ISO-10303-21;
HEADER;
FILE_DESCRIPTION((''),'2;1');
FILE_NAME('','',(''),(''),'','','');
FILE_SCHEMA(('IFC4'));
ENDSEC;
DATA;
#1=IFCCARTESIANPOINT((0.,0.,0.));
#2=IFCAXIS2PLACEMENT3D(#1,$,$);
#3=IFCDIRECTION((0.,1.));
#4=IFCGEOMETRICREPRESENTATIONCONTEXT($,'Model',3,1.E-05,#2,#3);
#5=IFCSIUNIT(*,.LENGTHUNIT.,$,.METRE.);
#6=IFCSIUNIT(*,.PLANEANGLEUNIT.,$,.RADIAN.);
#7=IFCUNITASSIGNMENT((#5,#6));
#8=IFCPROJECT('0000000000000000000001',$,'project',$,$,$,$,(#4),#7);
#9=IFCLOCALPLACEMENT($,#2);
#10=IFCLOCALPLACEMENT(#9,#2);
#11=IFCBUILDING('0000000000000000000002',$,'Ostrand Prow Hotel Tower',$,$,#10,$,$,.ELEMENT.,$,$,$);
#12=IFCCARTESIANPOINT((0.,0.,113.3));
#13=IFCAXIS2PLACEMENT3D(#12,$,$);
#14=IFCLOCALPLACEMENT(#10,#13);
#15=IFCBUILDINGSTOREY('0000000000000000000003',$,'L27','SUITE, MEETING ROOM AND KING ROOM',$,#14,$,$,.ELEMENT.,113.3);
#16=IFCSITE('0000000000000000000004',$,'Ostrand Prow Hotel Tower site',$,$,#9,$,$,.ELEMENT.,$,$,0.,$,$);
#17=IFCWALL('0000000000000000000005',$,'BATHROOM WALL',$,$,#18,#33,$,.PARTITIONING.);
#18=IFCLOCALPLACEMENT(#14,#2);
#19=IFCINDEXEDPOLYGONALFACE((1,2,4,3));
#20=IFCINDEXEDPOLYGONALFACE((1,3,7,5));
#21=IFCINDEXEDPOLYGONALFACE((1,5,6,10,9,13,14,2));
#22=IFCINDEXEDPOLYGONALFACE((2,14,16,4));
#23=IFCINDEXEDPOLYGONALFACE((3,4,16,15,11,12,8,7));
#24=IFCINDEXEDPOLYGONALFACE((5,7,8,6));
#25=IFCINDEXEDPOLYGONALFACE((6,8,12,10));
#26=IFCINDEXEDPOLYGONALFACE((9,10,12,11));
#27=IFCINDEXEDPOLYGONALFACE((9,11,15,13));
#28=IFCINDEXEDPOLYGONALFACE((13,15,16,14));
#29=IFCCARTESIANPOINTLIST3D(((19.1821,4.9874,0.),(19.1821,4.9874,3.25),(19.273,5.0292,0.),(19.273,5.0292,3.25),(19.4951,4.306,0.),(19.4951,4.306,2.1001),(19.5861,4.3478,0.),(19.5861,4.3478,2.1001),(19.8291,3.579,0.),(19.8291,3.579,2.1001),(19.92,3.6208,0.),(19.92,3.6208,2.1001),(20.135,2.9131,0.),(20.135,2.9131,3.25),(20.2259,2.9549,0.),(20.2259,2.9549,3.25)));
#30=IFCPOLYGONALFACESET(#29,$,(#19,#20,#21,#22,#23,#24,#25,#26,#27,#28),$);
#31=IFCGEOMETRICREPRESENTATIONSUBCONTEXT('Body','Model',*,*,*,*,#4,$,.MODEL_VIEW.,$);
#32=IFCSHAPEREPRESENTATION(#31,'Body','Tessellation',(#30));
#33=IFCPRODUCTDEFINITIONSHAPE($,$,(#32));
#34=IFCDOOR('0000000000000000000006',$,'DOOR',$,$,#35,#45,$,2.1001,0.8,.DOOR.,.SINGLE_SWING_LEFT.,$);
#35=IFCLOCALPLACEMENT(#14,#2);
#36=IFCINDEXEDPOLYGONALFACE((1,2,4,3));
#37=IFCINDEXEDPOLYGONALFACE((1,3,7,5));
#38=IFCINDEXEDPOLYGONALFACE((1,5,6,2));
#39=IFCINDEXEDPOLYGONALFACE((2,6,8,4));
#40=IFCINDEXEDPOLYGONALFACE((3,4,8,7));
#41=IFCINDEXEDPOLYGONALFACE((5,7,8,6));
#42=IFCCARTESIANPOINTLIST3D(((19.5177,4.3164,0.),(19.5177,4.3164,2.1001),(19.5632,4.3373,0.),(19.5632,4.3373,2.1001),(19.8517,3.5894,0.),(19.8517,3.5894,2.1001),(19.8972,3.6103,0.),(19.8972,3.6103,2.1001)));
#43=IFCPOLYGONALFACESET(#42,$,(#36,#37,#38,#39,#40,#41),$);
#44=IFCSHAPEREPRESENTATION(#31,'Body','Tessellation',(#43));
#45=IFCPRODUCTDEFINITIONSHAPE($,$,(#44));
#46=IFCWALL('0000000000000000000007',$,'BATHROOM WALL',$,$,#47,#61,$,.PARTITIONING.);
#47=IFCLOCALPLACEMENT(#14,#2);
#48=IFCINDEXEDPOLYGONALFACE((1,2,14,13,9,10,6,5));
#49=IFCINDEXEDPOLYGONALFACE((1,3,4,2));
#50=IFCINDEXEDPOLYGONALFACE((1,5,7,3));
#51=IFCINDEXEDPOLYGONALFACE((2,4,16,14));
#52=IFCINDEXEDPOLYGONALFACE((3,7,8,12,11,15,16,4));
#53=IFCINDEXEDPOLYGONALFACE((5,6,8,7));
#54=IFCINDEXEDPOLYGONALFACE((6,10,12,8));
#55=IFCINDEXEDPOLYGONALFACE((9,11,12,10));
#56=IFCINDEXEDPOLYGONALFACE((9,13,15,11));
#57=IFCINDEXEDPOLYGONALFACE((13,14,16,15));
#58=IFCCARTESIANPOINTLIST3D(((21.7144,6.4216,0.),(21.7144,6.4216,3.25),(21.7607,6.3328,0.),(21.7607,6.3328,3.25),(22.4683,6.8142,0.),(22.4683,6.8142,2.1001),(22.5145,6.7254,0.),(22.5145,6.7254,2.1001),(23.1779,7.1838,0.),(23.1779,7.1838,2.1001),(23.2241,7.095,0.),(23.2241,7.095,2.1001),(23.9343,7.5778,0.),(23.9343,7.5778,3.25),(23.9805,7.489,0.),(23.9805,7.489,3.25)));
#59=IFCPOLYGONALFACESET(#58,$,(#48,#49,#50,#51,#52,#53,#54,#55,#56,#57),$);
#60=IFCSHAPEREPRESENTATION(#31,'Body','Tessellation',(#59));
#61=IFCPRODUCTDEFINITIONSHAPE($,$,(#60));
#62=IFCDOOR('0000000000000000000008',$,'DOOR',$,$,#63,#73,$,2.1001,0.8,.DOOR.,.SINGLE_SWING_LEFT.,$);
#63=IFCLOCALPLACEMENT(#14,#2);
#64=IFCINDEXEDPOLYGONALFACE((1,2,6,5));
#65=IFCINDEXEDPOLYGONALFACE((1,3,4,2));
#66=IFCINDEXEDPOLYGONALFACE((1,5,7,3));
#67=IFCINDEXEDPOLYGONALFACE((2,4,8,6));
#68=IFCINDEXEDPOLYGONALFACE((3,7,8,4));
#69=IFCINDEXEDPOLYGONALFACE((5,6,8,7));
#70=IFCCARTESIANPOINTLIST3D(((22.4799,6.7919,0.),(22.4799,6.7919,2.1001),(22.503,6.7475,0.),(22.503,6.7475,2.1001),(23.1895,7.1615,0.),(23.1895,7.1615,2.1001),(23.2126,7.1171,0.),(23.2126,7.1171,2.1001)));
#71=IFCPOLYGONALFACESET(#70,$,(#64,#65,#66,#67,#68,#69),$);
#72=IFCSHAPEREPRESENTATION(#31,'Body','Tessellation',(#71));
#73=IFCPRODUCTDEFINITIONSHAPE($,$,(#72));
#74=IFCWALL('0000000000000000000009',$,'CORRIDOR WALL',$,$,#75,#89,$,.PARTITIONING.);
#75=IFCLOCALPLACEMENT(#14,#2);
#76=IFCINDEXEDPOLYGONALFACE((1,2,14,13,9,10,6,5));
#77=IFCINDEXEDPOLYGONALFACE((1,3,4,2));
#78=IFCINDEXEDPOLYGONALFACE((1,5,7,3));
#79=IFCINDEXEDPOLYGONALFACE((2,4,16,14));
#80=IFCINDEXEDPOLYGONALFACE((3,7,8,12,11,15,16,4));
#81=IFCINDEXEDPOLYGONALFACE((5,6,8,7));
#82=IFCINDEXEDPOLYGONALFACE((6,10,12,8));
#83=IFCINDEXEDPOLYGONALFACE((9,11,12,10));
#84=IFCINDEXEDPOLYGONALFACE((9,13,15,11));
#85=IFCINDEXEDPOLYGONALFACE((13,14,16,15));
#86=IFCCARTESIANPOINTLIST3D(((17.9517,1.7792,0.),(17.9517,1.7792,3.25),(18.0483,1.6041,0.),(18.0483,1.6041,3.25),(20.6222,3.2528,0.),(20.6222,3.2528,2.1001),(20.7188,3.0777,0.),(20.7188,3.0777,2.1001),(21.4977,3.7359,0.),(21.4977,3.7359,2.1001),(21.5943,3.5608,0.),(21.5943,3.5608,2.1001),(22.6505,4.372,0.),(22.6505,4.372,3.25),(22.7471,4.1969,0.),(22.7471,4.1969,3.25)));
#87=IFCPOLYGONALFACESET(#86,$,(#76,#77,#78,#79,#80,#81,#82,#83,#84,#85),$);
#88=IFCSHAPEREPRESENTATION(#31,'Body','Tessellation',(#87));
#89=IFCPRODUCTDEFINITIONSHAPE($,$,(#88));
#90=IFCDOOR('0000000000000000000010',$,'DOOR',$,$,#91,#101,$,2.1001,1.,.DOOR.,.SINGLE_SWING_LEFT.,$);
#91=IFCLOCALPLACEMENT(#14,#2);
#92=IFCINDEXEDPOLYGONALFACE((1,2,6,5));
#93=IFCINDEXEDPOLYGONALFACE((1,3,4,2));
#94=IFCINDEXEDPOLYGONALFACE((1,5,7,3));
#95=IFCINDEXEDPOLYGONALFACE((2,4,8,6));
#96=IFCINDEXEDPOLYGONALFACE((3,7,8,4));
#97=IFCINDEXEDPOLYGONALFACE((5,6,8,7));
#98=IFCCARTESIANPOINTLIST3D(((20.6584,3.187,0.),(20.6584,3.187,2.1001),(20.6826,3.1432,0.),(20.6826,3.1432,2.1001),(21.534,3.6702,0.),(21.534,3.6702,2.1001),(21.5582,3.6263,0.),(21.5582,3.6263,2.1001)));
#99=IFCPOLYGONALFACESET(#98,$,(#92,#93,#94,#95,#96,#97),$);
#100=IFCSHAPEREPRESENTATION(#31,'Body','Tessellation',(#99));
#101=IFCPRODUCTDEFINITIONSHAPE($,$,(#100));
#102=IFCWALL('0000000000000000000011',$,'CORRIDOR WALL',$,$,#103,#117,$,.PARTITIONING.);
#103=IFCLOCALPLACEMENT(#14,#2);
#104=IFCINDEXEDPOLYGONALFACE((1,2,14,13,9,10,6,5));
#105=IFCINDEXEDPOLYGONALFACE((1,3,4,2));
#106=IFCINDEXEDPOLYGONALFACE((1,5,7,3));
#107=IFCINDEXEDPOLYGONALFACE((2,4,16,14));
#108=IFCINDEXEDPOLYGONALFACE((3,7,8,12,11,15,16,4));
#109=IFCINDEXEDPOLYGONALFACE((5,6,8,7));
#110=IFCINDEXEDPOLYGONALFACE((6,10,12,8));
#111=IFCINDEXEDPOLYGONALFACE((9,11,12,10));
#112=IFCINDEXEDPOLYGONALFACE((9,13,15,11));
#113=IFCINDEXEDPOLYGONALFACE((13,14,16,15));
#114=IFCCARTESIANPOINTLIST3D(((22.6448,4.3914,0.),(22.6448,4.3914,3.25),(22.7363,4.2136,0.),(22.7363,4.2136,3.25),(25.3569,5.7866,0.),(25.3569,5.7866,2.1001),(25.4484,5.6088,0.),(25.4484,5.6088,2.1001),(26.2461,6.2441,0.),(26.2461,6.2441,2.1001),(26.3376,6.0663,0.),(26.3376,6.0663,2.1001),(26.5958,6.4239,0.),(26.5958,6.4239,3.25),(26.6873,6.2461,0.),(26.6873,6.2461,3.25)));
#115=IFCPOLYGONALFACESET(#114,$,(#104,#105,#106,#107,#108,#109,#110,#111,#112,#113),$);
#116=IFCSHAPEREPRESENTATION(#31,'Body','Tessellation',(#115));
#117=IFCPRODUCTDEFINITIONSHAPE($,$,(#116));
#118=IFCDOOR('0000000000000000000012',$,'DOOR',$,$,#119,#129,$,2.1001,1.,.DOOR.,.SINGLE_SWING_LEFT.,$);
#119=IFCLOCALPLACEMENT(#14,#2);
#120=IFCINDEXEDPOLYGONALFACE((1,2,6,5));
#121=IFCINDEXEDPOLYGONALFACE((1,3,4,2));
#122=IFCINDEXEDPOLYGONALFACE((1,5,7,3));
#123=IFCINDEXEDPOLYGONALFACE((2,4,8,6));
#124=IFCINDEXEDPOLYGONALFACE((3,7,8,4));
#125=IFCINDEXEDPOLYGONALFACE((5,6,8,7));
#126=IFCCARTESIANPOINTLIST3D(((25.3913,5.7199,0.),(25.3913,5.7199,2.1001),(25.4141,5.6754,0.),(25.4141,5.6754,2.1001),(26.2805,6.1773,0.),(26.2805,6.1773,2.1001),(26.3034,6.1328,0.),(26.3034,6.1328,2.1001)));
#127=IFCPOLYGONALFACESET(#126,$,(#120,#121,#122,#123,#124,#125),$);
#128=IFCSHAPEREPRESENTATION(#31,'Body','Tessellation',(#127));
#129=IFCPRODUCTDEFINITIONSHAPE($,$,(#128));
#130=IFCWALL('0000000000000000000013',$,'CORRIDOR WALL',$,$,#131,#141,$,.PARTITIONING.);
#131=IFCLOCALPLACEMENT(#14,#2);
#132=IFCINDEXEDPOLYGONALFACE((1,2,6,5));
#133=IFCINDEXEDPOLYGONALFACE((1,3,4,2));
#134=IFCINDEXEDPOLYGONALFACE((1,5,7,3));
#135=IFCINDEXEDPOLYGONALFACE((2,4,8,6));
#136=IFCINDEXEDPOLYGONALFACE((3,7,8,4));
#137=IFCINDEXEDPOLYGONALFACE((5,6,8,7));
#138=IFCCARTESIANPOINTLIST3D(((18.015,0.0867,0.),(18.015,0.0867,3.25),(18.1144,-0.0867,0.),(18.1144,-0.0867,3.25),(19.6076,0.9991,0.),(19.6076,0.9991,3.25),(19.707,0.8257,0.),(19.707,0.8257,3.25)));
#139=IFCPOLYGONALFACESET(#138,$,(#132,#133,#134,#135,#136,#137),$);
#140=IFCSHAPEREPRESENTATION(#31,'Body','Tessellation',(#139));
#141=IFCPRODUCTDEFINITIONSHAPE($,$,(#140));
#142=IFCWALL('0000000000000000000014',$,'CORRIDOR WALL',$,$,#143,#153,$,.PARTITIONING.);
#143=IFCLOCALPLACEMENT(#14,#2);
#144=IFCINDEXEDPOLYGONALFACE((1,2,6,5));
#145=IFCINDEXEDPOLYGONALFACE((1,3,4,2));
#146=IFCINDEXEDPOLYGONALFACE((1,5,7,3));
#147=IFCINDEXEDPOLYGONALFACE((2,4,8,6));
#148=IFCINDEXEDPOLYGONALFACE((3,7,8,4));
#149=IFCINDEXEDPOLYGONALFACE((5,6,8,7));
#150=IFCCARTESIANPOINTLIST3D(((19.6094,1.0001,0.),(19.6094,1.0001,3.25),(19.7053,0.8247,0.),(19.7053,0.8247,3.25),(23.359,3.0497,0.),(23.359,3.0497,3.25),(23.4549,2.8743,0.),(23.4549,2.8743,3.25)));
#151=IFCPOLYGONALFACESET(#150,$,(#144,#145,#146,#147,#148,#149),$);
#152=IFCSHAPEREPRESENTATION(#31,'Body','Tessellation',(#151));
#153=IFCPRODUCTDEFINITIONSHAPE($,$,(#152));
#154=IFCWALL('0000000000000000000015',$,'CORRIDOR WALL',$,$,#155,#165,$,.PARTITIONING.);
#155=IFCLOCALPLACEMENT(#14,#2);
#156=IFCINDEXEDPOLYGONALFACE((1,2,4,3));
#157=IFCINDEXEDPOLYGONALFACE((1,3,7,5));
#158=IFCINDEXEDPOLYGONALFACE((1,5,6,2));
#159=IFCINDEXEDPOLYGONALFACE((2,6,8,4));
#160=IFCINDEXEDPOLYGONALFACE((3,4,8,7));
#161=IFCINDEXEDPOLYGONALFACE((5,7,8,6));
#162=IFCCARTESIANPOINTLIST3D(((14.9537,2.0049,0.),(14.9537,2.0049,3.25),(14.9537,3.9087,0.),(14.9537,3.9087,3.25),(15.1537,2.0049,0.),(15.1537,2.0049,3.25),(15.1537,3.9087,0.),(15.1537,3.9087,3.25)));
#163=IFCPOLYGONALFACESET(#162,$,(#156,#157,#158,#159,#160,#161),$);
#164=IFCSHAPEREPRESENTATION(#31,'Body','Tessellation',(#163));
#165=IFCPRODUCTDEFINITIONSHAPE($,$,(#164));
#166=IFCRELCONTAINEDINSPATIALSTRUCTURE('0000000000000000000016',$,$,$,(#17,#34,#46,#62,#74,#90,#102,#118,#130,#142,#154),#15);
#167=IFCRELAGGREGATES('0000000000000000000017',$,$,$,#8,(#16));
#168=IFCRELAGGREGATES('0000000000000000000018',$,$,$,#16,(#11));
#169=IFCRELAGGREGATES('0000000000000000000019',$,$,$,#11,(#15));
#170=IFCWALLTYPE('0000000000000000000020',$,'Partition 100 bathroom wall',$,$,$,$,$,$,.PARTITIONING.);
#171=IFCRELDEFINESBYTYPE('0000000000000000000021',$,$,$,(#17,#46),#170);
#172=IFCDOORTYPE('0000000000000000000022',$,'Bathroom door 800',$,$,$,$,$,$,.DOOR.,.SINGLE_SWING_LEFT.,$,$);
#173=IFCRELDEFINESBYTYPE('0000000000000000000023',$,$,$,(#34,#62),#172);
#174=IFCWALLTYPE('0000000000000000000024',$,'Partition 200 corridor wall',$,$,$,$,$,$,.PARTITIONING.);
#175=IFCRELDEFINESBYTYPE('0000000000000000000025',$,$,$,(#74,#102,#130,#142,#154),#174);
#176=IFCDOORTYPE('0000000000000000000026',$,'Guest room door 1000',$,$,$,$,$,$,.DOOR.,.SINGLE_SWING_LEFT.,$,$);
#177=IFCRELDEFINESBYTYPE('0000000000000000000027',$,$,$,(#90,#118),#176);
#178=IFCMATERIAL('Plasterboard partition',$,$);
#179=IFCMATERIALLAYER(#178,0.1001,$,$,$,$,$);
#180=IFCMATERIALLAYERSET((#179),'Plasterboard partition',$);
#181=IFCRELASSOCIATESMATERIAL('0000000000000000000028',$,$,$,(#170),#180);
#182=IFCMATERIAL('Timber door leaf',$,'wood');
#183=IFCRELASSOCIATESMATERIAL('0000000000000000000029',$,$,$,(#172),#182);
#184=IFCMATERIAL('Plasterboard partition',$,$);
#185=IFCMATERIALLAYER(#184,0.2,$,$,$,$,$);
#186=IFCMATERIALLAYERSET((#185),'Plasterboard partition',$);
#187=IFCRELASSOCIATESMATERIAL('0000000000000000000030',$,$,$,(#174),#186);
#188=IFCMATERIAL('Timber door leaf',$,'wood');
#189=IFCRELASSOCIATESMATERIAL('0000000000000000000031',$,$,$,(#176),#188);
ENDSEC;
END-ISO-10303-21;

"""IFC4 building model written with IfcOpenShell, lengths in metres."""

from ifc_helpers import new_model, si_unit, direction, frame, frame_2d, origin, place, context, subcontext, project, spatial, rectangle, extrude, material, layer, layer_set, type_object, element, fill, save


model = new_model("IFC4")

# Units and contexts
model_context = context("Model", 3, precision=1e-05, world=origin(), true_north=direction((0.0, 1.0)))
body_context = subcontext(model_context, "Body", "Model", "MODEL_VIEW")
ifc_project = project(units=[si_unit("LENGTHUNIT", "METRE"), si_unit("PLANEANGLEUNIT", "RADIAN")], contexts=[model_context])

# Site, building, storey
site_placement = place(None, origin())
site = spatial("IfcSite", under=ifc_project, at=site_placement, Name="Ostrand Prow Hotel Tower site", CompositionType="ELEMENT", RefElevation=0.0)
building_placement = place(site_placement, origin())
building = spatial("IfcBuilding", under=site, at=building_placement, Name="Ostrand Prow Hotel Tower", CompositionType="ELEMENT")
storey_placement = place(building_placement, frame((0.0, 0.0, 113.3)))
storey = spatial("IfcBuildingStorey", under=building, at=storey_placement, Name="L27", Description="SUITE, MEETING ROOM AND KING ROOM", CompositionType="ELEMENT", Elevation=113.3)

# Shared definitions
ifc_material_1 = material(Name="Plasterboard partition")
ifc_layer_1 = layer(ifc_material_1, 0.1001)
ifc_layer_set_1 = layer_set([ifc_layer_1], Name="Plasterboard partition")
wall_type_1 = type_object("IfcWallType", Name="Partition 100 bathroom wall", PredefinedType="PARTITIONING", material=ifc_layer_set_1)

# Walls, openings, doors
wall_1_placement = place(storey_placement, frame((19.2275, 5.0083, 0.0), z_axis=(0.0, 0.0, 1.0), x_axis=(0.41745, -0.9087, 0.0)))
wall_1 = element("IfcWall", 1, at=wall_1_placement, inside=storey, type_object=wall_type_1, Name="BATHROOM WALL", PredefinedType="PARTITIONING", context=body_context, shape_type="SweptSolid", body=[
    extrude(rectangle(XDim=2.2827, YDim=0.1001, at=frame_2d((1.1414, 0.0))), origin(), (0.0, 0.0, 1.0), 3.25),
])
opening_1_placement = place(wall_1_placement, frame((0.75, 0.0, 0.0)))
opening_1 = element("IfcOpeningElement", 2, at=opening_1_placement, cuts=wall_1, PredefinedType="OPENING", context=body_context, shape_type="SweptSolid", body=[
    extrude(rectangle(XDim=0.8, YDim=2.1001, at=frame_2d((0.3999, 1.05))), frame((0.0, 0.0601, 0.0), z_axis=(0.0, -1.0, 0.0), x_axis=(1.0, 0.0, 0.0)), (0.0, 0.0, 1.0), 0.1201),
])
ifc_material_2 = material(Name="Timber door leaf", Category="wood")
door_type_1 = type_object("IfcDoorType", Name="Bathroom door 800", OperationType="SINGLE_SWING_LEFT", PredefinedType="DOOR", material=ifc_material_2)
door_1_placement = place(opening_1_placement, origin())
door_1 = element("IfcDoor", 3, at=door_1_placement, inside=storey, type_object=door_type_1, Name="DOOR", OperationType="SINGLE_SWING_LEFT", OverallHeight=2.1001, OverallWidth=0.8, PredefinedType="DOOR", context=body_context, shape_type="SweptSolid", body=[
    extrude(rectangle(XDim=0.8, YDim=2.1001, at=frame_2d((0.3999, 1.05))), frame((0.0, 0.0249, 0.0), z_axis=(0.0, -1.0, 0.0), x_axis=(1.0, 0.0, 0.0)), (0.0, 0.0, 1.0), 0.05),
])
fill(opening_1, door_1)
wall_2_placement = place(storey_placement, frame((21.7375, 6.3772, 0.0), z_axis=(0.0, 0.0, 1.0), x_axis=(0.886912, 0.461939, 0.0)))
wall_2 = element("IfcWall", 4, at=wall_2_placement, inside=storey, type_object=wall_type_1, Name="BATHROOM WALL", PredefinedType="PARTITIONING", context=body_context, shape_type="SweptSolid", body=[
    extrude(rectangle(XDim=2.5029, YDim=0.1001, at=frame_2d((1.2515, 0.0))), origin(), (0.0, 0.0, 1.0), 3.25),
])
opening_2_placement = place(wall_2_placement, frame((0.8501, 0.0, 0.0)))
opening_2 = element("IfcOpeningElement", 5, at=opening_2_placement, cuts=wall_2, PredefinedType="OPENING", context=body_context, shape_type="SweptSolid", body=[
    extrude(rectangle(XDim=0.8, YDim=2.1001, at=frame_2d((0.3999, 1.05))), frame((0.0, 0.0601, 0.0), z_axis=(0.0, -1.0, 0.0), x_axis=(1.0, 0.0, 0.0)), (0.0, 0.0, 1.0), 0.1201),
])
door_2_placement = place(opening_2_placement, origin())
door_2 = element("IfcDoor", 6, at=door_2_placement, inside=storey, type_object=door_type_1, Name="DOOR", OperationType="SINGLE_SWING_LEFT", OverallHeight=2.1001, OverallWidth=0.8, PredefinedType="DOOR", context=body_context, shape_type="SweptSolid", body=[
    extrude(rectangle(XDim=0.8, YDim=2.1001, at=frame_2d((0.3999, 1.05))), frame((0.0, 0.0249, 0.0), z_axis=(0.0, -1.0, 0.0), x_axis=(1.0, 0.0, 0.0)), (0.0, 0.0, 1.0), 0.05),
])
fill(opening_2, door_2)
ifc_material_3 = material(Name="Plasterboard partition")
ifc_layer_2 = layer(ifc_material_3, 0.2)
ifc_layer_set_2 = layer_set([ifc_layer_2], Name="Plasterboard partition")
wall_type_2 = type_object("IfcWallType", Name="Partition 200 corridor wall", PredefinedType="PARTITIONING", material=ifc_layer_set_2)
wall_3_placement = place(storey_placement, frame((18.0, 1.6917, 0.0), z_axis=(0.0, 0.0, 1.0), x_axis=(0.875548, 0.48313, 0.0)))
wall_3 = element("IfcWall", 7, at=wall_3_placement, inside=storey, type_object=wall_type_2, Name="CORRIDOR WALL", PredefinedType="PARTITIONING", context=body_context, shape_type="SweptSolid", body=[
    extrude(rectangle(XDim=5.3667, YDim=0.2, at=frame_2d((2.6833, 0.0))), origin(), (0.0, 0.0, 1.0), 3.25),
])
opening_3_placement = place(wall_3_placement, frame((3.05, 0.0, 0.0)))
opening_3 = element("IfcOpeningElement", 8, at=opening_3_placement, cuts=wall_3, PredefinedType="OPENING", context=body_context, shape_type="SweptSolid", body=[
    extrude(rectangle(XDim=1.0, YDim=2.1001, at=frame_2d((0.5, 1.05))), frame((0.0, 0.1099, 0.0), z_axis=(0.0, -1.0, 0.0), x_axis=(1.0, 0.0, 0.0)), (0.0, 0.0, 1.0), 0.22),
])
ifc_material_4 = material(Name="Timber door leaf", Category="wood")
door_type_2 = type_object("IfcDoorType", Name="Guest room door 1000", OperationType="SINGLE_SWING_LEFT", PredefinedType="DOOR", material=ifc_material_4)
door_3_placement = place(opening_3_placement, origin())
door_3 = element("IfcDoor", 9, at=door_3_placement, inside=storey, type_object=door_type_2, Name="DOOR", OperationType="SINGLE_SWING_LEFT", OverallHeight=2.1001, OverallWidth=1.0, PredefinedType="DOOR", context=body_context, shape_type="SweptSolid", body=[
    extrude(rectangle(XDim=1.0, YDim=2.1001, at=frame_2d((0.5, 1.05))), frame((0.0, 0.0249, 0.0), z_axis=(0.0, -1.0, 0.0), x_axis=(1.0, 0.0, 0.0)), (0.0, 0.0, 1.0), 0.05),
])
fill(opening_3, door_3)
wall_4_placement = place(storey_placement, frame((22.6904, 4.3025, 0.0), z_axis=(0.0, 0.0, 1.0), x_axis=(0.889236, 0.457449, 0.0)))
wall_4 = element("IfcWall", 10, at=wall_4_placement, inside=storey, type_object=wall_type_2, Name="CORRIDOR WALL", PredefinedType="PARTITIONING", context=body_context, shape_type="SweptSolid", body=[
    extrude(rectangle(XDim=4.4431, YDim=0.2, at=frame_2d((2.2217, 0.0))), origin(), (0.0, 0.0, 1.0), 3.25),
])
opening_4_placement = place(wall_4_placement, frame((3.05, 0.0, 0.0)))
opening_4 = element("IfcOpeningElement", 11, at=opening_4_placement, cuts=wall_4, PredefinedType="OPENING", context=body_context, shape_type="SweptSolid", body=[
    extrude(rectangle(XDim=1.0, YDim=2.1001, at=frame_2d((0.5, 1.05))), frame((0.0, 0.1099, 0.0), z_axis=(0.0, -1.0, 0.0), x_axis=(1.0, 0.0, 0.0)), (0.0, 0.0, 1.0), 0.22),
])
door_4_placement = place(opening_4_placement, origin())
door_4 = element("IfcDoor", 12, at=door_4_placement, inside=storey, type_object=door_type_2, Name="DOOR", OperationType="SINGLE_SWING_LEFT", OverallHeight=2.1001, OverallWidth=1.0, PredefinedType="DOOR", context=body_context, shape_type="SweptSolid", body=[
    extrude(rectangle(XDim=1.0, YDim=2.1001, at=frame_2d((0.5, 1.05))), frame((0.0, 0.0249, 0.0), z_axis=(0.0, -1.0, 0.0), x_axis=(1.0, 0.0, 0.0)), (0.0, 0.0, 1.0), 0.05),
])
fill(opening_4, door_4)

# Walls
wall_5_placement = place(storey_placement, frame((18.0647, 0.0, 0.0), z_axis=(0.0, 0.0, 1.0), x_axis=(0.867694, 0.497098, 0.0)))
element("IfcWall", 13, at=wall_5_placement, inside=storey, type_object=wall_type_2, Name="CORRIDOR WALL", PredefinedType="PARTITIONING", context=body_context, shape_type="SweptSolid", body=[
    extrude(rectangle(XDim=1.8354, YDim=0.2, at=frame_2d((0.9177, 0.0))), origin(), (0.0, 0.0, 1.0), 3.25),
])
wall_6_placement = place(storey_placement, frame((19.6572, 0.9124, 0.0), z_axis=(0.0, 0.0, 1.0), x_axis=(0.877465, 0.479641, 0.0)))
element("IfcWall", 14, at=wall_6_placement, inside=storey, type_object=wall_type_2, Name="CORRIDOR WALL", PredefinedType="PARTITIONING", context=body_context, shape_type="SweptSolid", body=[
    extrude(rectangle(XDim=4.2732, YDim=0.2, at=frame_2d((2.1367, 0.0))), origin(), (0.0, 0.0, 1.0), 3.25),
])
wall_7_placement = place(storey_placement, frame((15.0537, 3.9087, 0.0), z_axis=(0.0, 0.0, 1.0), x_axis=(0.0, -1.0, 0.0)))
element("IfcWall", 15, at=wall_7_placement, inside=storey, type_object=wall_type_2, Name="CORRIDOR WALL", PredefinedType="PARTITIONING", context=body_context, shape_type="SweptSolid", body=[
    extrude(rectangle(XDim=1.9038, YDim=0.2, at=frame_2d((0.9519, 0.0))), origin(), (0.0, 0.0, 1.0), 3.25),
])

save(model, "model.ifc")
